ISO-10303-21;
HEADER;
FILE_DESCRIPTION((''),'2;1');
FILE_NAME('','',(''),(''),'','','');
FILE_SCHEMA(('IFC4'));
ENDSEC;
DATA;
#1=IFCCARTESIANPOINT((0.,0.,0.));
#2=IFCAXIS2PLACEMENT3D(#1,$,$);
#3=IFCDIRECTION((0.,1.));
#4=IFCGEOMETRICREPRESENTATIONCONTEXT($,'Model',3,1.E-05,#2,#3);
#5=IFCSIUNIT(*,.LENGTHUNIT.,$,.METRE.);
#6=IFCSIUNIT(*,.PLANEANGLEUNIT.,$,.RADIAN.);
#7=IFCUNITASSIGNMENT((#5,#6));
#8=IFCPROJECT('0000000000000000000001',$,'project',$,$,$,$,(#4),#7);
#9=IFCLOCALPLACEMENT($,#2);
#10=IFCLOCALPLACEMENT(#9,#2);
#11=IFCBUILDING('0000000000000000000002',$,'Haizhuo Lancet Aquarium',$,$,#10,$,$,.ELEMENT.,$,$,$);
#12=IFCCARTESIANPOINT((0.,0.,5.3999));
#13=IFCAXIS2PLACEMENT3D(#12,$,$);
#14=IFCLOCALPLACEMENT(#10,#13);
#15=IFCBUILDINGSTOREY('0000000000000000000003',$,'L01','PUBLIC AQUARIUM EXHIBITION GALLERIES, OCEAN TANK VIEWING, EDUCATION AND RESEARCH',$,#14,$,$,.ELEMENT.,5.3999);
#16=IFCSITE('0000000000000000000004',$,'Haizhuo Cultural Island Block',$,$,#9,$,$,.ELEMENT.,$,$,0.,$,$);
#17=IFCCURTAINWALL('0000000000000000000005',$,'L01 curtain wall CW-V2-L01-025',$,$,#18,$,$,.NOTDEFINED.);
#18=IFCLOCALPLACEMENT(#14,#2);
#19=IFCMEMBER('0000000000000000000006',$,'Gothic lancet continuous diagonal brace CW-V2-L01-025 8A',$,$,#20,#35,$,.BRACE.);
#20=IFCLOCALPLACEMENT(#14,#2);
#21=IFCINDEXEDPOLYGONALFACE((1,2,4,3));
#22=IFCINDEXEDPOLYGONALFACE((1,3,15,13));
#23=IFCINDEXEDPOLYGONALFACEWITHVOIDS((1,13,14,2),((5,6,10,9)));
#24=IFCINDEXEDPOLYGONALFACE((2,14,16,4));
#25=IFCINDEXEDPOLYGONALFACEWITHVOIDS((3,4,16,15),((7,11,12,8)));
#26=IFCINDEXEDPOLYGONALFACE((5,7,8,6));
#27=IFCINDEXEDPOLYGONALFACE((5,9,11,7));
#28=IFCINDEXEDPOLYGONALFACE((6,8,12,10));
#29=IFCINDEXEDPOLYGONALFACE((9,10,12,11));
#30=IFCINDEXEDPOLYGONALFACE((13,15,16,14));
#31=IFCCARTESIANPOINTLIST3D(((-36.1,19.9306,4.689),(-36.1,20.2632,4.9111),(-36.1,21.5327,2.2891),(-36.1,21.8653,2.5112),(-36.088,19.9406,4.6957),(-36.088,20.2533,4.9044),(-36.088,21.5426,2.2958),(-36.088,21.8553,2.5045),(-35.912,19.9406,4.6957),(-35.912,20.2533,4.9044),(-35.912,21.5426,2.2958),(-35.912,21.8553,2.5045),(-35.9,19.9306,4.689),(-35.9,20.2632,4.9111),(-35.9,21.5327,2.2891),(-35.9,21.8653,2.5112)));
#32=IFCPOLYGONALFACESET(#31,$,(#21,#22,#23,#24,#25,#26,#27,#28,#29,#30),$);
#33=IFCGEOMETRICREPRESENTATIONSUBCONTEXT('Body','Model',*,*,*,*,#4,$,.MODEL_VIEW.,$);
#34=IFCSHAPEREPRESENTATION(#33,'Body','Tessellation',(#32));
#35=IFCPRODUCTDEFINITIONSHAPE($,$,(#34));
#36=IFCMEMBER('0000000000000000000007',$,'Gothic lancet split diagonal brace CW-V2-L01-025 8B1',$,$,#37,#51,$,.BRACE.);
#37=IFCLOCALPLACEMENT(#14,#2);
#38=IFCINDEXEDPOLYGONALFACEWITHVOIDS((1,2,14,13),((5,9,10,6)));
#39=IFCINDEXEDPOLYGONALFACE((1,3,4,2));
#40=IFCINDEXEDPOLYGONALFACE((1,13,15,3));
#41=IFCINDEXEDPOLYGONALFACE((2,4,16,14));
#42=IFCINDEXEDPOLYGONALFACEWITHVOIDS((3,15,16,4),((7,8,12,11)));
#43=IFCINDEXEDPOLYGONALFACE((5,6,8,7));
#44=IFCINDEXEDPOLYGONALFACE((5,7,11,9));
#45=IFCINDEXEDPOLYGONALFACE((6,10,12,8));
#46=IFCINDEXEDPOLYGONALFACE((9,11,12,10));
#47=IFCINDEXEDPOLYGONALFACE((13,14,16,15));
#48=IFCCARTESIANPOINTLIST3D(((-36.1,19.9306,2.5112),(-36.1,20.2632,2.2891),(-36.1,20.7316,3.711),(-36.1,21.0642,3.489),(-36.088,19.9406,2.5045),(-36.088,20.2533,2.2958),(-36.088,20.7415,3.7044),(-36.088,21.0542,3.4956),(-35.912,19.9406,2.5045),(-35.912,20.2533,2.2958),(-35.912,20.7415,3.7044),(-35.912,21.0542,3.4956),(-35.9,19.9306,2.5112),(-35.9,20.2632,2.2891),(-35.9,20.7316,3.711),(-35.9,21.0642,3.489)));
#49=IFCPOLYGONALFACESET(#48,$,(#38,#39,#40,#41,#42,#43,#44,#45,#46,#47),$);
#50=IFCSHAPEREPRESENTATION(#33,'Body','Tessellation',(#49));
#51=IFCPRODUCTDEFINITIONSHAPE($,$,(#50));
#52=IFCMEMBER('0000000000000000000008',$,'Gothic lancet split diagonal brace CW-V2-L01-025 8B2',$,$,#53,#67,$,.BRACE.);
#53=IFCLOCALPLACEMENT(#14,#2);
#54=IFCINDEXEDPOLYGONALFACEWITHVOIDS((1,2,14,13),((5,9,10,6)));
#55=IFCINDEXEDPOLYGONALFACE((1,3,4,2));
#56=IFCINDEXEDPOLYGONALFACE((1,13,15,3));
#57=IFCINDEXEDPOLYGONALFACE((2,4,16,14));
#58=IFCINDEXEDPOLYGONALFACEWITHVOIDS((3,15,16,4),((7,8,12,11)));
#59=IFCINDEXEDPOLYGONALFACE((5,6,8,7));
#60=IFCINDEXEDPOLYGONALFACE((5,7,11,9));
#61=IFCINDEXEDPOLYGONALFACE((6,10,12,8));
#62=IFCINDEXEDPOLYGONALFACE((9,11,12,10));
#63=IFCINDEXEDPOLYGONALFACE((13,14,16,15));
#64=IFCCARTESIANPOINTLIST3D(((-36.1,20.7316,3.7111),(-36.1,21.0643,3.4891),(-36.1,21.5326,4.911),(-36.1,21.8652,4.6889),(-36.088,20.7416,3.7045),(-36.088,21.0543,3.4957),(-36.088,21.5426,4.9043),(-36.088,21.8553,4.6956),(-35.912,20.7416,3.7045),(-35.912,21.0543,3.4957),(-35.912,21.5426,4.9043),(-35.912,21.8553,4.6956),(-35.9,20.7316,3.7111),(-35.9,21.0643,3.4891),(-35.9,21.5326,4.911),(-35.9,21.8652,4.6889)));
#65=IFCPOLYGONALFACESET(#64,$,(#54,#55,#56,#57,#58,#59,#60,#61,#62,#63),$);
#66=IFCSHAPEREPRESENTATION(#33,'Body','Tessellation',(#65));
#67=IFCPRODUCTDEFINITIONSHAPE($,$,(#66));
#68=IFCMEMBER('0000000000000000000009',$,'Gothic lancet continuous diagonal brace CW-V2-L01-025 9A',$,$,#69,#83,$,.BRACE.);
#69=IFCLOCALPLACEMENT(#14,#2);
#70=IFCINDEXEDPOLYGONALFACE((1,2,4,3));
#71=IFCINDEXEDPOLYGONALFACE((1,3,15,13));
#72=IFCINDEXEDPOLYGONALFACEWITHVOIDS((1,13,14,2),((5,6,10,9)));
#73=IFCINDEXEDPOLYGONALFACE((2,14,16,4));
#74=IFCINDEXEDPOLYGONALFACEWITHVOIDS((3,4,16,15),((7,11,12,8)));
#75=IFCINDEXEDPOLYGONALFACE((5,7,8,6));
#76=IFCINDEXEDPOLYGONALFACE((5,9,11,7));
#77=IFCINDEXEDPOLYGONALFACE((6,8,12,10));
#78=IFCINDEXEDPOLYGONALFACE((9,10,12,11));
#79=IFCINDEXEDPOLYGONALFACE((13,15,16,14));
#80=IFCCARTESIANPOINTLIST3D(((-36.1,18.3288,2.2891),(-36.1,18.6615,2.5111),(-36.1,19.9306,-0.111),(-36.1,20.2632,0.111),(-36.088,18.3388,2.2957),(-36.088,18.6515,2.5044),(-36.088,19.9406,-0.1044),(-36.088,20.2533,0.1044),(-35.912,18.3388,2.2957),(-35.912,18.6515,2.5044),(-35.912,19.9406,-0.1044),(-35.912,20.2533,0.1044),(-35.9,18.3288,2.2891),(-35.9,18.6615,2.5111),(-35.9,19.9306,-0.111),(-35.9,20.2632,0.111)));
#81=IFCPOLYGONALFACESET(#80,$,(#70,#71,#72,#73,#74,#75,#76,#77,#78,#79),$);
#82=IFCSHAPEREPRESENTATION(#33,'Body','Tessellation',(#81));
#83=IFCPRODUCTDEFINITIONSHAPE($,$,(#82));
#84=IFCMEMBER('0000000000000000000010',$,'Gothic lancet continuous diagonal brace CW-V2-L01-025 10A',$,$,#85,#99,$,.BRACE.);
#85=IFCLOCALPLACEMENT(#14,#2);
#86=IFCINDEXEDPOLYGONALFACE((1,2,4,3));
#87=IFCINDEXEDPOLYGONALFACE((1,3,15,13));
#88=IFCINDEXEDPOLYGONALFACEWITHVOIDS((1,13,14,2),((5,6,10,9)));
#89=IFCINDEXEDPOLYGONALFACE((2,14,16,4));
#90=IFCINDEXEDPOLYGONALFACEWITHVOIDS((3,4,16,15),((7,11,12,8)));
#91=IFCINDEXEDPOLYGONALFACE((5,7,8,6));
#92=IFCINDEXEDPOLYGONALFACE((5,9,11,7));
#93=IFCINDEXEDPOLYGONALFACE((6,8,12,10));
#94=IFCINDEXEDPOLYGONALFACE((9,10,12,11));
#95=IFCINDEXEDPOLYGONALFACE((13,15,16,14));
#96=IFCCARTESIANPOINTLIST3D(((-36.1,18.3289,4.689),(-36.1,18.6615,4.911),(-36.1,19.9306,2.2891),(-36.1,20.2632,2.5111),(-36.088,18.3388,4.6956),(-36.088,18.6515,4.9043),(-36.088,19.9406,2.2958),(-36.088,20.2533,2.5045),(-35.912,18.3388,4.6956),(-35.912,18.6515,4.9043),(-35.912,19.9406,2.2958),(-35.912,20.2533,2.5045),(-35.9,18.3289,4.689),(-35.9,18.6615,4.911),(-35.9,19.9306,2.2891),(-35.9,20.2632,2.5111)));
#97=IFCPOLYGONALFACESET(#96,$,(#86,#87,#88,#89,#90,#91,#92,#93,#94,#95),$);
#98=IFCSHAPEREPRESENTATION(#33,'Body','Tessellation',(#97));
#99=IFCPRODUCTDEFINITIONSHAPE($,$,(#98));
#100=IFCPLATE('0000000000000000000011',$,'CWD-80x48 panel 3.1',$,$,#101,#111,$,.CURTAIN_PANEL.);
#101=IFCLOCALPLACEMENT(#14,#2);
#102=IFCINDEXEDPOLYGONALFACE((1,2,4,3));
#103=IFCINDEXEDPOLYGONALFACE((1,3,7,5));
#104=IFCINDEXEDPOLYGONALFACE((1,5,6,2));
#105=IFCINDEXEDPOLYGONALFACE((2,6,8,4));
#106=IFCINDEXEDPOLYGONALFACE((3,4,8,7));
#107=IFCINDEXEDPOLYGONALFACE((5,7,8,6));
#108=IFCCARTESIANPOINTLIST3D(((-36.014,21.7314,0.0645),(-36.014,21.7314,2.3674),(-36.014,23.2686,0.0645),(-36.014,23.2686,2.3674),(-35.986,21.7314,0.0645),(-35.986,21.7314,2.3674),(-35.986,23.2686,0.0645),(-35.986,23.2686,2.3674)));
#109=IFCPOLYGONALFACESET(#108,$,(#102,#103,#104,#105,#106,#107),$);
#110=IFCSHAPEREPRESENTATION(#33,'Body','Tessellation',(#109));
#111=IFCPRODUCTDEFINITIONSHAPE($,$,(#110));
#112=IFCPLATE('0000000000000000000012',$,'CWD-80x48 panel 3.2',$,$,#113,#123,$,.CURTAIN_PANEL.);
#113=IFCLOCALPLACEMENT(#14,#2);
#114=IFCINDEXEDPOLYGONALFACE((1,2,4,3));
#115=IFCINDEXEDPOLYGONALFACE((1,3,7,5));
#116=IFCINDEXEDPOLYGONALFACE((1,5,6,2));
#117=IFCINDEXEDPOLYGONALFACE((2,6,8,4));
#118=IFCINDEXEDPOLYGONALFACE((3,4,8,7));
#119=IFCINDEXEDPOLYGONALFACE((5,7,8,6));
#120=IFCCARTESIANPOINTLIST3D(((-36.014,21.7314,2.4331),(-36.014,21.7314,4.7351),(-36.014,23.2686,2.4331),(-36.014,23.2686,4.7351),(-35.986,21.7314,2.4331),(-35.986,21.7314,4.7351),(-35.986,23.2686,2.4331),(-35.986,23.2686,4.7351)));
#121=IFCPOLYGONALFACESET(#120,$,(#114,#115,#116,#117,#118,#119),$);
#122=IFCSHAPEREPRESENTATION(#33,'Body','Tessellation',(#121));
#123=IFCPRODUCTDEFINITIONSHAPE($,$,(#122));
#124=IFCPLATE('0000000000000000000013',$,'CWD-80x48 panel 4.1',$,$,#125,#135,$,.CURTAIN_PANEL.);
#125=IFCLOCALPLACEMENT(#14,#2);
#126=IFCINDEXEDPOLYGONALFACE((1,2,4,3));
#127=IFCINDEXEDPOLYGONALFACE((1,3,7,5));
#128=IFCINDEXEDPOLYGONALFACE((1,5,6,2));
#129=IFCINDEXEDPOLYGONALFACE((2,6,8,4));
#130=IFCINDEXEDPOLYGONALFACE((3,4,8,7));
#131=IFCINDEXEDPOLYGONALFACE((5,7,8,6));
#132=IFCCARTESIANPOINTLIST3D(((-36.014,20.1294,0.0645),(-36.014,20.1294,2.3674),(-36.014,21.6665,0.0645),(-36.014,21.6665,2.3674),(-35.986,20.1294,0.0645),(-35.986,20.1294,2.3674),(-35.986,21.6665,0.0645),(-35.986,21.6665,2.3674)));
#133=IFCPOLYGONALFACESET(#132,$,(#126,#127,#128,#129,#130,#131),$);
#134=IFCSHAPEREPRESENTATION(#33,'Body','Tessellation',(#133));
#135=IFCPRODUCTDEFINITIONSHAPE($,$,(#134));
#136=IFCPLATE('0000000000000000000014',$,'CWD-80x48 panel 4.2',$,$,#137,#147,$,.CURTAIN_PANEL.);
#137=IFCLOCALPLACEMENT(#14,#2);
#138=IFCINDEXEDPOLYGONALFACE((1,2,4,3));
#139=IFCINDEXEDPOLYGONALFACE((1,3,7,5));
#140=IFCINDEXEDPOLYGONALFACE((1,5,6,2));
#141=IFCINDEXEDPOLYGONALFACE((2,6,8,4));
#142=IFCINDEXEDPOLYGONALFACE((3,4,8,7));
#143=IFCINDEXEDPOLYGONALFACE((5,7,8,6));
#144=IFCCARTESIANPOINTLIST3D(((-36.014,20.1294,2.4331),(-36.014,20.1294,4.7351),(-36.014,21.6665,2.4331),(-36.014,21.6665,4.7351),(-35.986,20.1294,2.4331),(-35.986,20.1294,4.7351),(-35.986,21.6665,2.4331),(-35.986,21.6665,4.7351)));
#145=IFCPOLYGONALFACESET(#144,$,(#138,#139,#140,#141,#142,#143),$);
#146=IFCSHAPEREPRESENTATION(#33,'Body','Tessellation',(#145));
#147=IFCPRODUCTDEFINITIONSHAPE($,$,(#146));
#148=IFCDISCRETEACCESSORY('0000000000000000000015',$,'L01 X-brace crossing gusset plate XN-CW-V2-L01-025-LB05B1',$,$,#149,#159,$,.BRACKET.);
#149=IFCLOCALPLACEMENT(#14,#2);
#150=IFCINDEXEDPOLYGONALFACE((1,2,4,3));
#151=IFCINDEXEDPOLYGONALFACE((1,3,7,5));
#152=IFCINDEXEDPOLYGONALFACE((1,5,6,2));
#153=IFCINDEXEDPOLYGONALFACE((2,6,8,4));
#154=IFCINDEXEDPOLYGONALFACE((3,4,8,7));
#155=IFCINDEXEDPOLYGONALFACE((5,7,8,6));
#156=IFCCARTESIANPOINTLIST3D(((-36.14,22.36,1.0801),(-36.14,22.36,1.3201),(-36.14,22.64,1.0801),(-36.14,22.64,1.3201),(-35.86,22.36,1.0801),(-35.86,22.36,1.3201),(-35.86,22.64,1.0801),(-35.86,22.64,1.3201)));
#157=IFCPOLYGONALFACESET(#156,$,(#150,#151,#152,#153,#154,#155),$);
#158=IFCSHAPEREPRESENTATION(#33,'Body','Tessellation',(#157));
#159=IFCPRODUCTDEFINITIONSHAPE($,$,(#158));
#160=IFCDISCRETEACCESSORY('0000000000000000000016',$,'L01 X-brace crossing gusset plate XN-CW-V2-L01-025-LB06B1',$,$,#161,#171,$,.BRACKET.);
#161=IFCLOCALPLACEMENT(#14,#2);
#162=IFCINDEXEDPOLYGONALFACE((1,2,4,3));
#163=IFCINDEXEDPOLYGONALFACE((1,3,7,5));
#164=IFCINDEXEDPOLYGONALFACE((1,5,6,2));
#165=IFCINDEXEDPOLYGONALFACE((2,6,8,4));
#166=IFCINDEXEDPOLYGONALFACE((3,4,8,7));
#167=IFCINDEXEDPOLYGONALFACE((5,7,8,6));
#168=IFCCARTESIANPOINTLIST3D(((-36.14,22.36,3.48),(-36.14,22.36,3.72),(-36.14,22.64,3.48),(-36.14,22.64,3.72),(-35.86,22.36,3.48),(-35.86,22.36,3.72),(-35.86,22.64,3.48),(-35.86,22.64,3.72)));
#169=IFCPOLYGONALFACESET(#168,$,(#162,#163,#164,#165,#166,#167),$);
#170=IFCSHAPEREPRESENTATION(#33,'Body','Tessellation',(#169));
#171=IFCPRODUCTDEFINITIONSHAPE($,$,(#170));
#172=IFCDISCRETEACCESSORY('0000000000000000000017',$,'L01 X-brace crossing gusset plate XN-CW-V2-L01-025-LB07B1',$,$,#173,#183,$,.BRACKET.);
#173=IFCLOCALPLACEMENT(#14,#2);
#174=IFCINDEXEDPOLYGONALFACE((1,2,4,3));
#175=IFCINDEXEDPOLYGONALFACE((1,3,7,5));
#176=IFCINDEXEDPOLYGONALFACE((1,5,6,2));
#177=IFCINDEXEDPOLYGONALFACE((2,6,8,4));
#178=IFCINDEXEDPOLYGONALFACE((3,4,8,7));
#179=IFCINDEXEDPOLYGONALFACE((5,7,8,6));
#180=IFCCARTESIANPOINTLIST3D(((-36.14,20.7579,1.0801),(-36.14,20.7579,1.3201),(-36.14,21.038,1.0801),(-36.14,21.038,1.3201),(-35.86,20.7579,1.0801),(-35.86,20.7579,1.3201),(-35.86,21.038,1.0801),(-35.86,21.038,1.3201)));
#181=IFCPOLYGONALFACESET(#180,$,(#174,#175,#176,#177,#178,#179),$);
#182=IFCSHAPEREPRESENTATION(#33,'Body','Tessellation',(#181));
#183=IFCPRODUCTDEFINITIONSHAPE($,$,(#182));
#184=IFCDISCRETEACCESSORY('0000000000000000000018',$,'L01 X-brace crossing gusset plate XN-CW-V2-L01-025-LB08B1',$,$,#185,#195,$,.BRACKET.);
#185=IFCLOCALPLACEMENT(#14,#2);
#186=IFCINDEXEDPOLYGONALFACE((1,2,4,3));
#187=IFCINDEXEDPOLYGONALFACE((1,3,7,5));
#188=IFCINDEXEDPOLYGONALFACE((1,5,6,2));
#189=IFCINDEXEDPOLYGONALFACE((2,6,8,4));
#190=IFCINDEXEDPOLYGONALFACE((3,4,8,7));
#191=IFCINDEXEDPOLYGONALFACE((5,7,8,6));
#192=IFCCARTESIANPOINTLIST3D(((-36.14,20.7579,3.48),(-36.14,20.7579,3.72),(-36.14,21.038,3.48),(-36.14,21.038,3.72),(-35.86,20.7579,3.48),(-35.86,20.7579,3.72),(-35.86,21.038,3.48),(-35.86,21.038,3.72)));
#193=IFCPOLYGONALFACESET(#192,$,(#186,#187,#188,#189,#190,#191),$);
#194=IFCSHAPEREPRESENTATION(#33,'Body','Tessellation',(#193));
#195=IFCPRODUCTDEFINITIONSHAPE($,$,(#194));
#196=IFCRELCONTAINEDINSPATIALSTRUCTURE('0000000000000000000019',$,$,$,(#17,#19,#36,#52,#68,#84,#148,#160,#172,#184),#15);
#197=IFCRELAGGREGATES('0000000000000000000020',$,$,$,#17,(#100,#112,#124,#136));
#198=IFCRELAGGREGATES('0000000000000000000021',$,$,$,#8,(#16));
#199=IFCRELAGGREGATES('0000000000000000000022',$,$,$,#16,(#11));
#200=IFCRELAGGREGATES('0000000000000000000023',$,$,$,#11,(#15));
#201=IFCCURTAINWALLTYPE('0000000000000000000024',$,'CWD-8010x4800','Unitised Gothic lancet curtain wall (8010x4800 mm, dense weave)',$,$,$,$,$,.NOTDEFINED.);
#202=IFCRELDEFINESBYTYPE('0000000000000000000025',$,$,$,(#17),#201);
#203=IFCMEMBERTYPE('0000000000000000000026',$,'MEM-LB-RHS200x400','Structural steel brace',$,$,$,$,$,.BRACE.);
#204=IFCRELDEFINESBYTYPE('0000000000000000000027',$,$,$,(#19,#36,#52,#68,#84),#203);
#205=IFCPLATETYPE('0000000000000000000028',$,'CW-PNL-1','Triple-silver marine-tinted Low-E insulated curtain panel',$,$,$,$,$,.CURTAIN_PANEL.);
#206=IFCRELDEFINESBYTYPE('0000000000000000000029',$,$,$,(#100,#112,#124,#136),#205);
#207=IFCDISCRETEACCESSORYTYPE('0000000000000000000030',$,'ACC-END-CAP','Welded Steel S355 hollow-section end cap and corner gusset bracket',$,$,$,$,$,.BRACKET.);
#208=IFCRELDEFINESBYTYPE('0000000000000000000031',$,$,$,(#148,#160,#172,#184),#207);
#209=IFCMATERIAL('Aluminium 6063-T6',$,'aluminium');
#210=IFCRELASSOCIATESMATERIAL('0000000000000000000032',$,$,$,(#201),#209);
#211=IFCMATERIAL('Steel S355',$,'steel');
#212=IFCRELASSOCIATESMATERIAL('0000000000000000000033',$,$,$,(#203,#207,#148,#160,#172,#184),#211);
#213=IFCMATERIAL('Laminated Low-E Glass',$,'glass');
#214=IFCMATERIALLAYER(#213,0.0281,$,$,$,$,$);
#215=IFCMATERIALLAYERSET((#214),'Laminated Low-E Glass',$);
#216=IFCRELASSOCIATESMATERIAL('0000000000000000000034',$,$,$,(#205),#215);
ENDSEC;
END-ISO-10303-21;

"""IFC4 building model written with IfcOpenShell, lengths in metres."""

from ifc_helpers import new_model, si_unit, direction, frame, origin, origin_2d, place, context, subcontext, project, spatial, rectangle, hollow_rectangle, extrude, material, layer, layer_set, material_profile, profile_set, type_object, element, aggregate, save


model = new_model("IFC4")

# Units and contexts
model_context = context("Model", 3, precision=1e-05, world=origin(), true_north=direction((0.0, 1.0)))
body_context = subcontext(model_context, "Body", "Model", "MODEL_VIEW")
ifc_project = project(units=[si_unit("LENGTHUNIT", "METRE"), si_unit("PLANEANGLEUNIT", "RADIAN")], contexts=[model_context])

# Site, building, storey
site_placement = place(None, origin())
site = spatial("IfcSite", under=ifc_project, at=site_placement, Name="Haizhuo Cultural Island Block", CompositionType="ELEMENT", RefElevation=0.0)
building_placement = place(site_placement, origin())
building = spatial("IfcBuilding", under=site, at=building_placement, Name="Haizhuo Lancet Aquarium", CompositionType="ELEMENT")
storey_placement = place(building_placement, frame((0.0, 0.0, 5.3999)))
storey = spatial("IfcBuildingStorey", under=building, at=storey_placement, Name="L01", Description="PUBLIC AQUARIUM EXHIBITION GALLERIES, OCEAN TANK VIEWING, EDUCATION AND RESEARCH", CompositionType="ELEMENT", Elevation=5.3999)

# Curtain wall
ifc_material_1 = material(Name="Aluminium 6063-T6", Category="aluminium")
curtain_wall_type = type_object("IfcCurtainWallType", Name="CWD-8010x4800", Description="Unitised Gothic lancet curtain wall (8010x4800 mm, dense weave)", PredefinedType="NOTDEFINED", material=ifc_material_1)
curtain_wall_placement = place(storey_placement, origin())
curtain_wall = element("IfcCurtainWall", 1, at=curtain_wall_placement, inside=storey, type_object=curtain_wall_type, Name="L01 curtain wall CW-V2-L01-025", PredefinedType="NOTDEFINED")

# Members
ifc_material_2 = material(Name="Steel S355", Category="steel")
ifc_material_profile_1 = material_profile(ifc_material_2, hollow_rectangle(XDim=0.2, YDim=0.3999, WallThickness=0.012, at=origin_2d()), Name="RHS 200x400x12")
ifc_profile_set_1 = profile_set([ifc_material_profile_1], Name="Steel S355")
member_type_1 = type_object("IfcMemberType", Name="MEM-LB-RHS200x400", Description="Structural steel brace", PredefinedType="BRACE", material=ifc_profile_set_1)
member_1_placement = place(storey_placement, frame((-36.0, 21.699, 2.4001), z_axis=(0.0, -0.555208, 0.831712), x_axis=(1.0, 0.0, 0.0)))
element("IfcMember", 2, at=member_1_placement, inside=storey, type_object=member_type_1, Name="Gothic lancet continuous diagonal brace CW-V2-L01-025 8A", PredefinedType="BRACE", context=body_context, shape_type="SweptSolid", body=[
    extrude(hollow_rectangle(XDim=0.2, YDim=0.3999, WallThickness=0.012, at=origin_2d()), origin(), (0.0, 0.0, 1.0), 2.8855),
])
for number, where, z_axis, x_axis, name in (
    (3, (-36.0, 20.0969, 2.4001), (0.0, 0.555208, 0.831712), (-1.0, 0.0, 0.0), "Gothic lancet split diagonal brace CW-V2-L01-025 8B1"),
    (4, (-36.0, 20.8979, 3.6001), (0.0, 0.555208, 0.831712), (-1.0, 0.0, 0.0), "Gothic lancet split diagonal brace CW-V2-L01-025 8B2"),
):
    element("IfcMember", number, at=place(storey_placement, frame(where, z_axis=z_axis, x_axis=x_axis)), inside=storey, type_object=member_type_1, Name=name, PredefinedType="BRACE", context=body_context, shape_type="SweptSolid", body=[
        extrude(hollow_rectangle(XDim=0.2, YDim=0.3999, WallThickness=0.012, at=origin_2d()), origin(), (0.0, 0.0, 1.0), 1.4426),
    ])
member_2_placement = place(storey_placement, frame((-36.0, 20.0969, 0.0), z_axis=(0.0, -0.55511, 0.831777), x_axis=(1.0, 0.0, 0.0)))
element("IfcMember", 5, at=member_2_placement, inside=storey, type_object=member_type_1, Name="Gothic lancet continuous diagonal brace CW-V2-L01-025 9A", PredefinedType="BRACE", context=body_context, shape_type="SweptSolid", body=[
    extrude(hollow_rectangle(XDim=0.2, YDim=0.3999, WallThickness=0.012, at=origin_2d()), origin(), (0.0, 0.0, 1.0), 2.8855),
])
member_3_placement = place(storey_placement, frame((-36.0, 20.0969, 2.4001), z_axis=(0.0, -0.555149, 0.831751), x_axis=(1.0, 0.0, 0.0)))
element("IfcMember", 6, at=member_3_placement, inside=storey, type_object=member_type_1, Name="Gothic lancet continuous diagonal brace CW-V2-L01-025 10A", PredefinedType="BRACE", context=body_context, shape_type="SweptSolid", body=[
    extrude(hollow_rectangle(XDim=0.2, YDim=0.3999, WallThickness=0.012, at=origin_2d()), origin(), (0.0, 0.0, 1.0), 2.8853),
])

# Plates
ifc_material_3 = material(Name="Laminated Low-E Glass", Category="glass")
ifc_layer = layer(ifc_material_3, 0.0281)
ifc_layer_set = layer_set([ifc_layer], Name="Laminated Low-E Glass")
plate_type = type_object("IfcPlateType", Name="CW-PNL-1", Description="Triple-silver marine-tinted Low-E insulated curtain panel", PredefinedType="CURTAIN_PANEL", material=ifc_layer_set)
plate_1_placement = place(storey_placement, frame((-36.0, 22.5, 0.0645), z_axis=(0.0, 0.0, 1.0), x_axis=(0.0, -1.0, 0.0)))
plate_1 = element("IfcPlate", 7, at=plate_1_placement, type_object=plate_type, Name="CWD-80x48 panel 3.1", PredefinedType="CURTAIN_PANEL", context=body_context, shape_type="SweptSolid", body=[
    extrude(rectangle(XDim=1.5371, YDim=0.0281, at=origin_2d()), origin(), (0.0, 0.0, 1.0), 2.303),
])
plate_2_placement = place(storey_placement, frame((-36.0, 22.5, 2.4331), z_axis=(0.0, 0.0, 1.0), x_axis=(0.0, -1.0, 0.0)))
plate_2 = element("IfcPlate", 8, at=plate_2_placement, type_object=plate_type, Name="CWD-80x48 panel 3.2", PredefinedType="CURTAIN_PANEL", context=body_context, shape_type="SweptSolid", body=[
    extrude(rectangle(XDim=1.5371, YDim=0.0281, at=origin_2d()), origin(), (0.0, 0.0, 1.0), 2.302),
])
plate_3_placement = place(storey_placement, frame((-36.0, 20.8979, 0.0645), z_axis=(0.0, 0.0, 1.0), x_axis=(0.0, -1.0, 0.0)))
plate_3 = element("IfcPlate", 9, at=plate_3_placement, type_object=plate_type, Name="CWD-80x48 panel 4.1", PredefinedType="CURTAIN_PANEL", context=body_context, shape_type="SweptSolid", body=[
    extrude(rectangle(XDim=1.5371, YDim=0.0281, at=origin_2d()), origin(), (0.0, 0.0, 1.0), 2.303),
])
plate_4_placement = place(storey_placement, frame((-36.0, 20.8979, 2.4331), z_axis=(0.0, 0.0, 1.0), x_axis=(0.0, -1.0, 0.0)))
plate_4 = element("IfcPlate", 10, at=plate_4_placement, type_object=plate_type, Name="CWD-80x48 panel 4.2", PredefinedType="CURTAIN_PANEL", context=body_context, shape_type="SweptSolid", body=[
    extrude(rectangle(XDim=1.5371, YDim=0.0281, at=origin_2d()), origin(), (0.0, 0.0, 1.0), 2.302),
])
aggregate(curtain_wall, [plate_1, plate_2, plate_3, plate_4])

# Discrete accessories
discrete_accessory_type = type_object("IfcDiscreteAccessoryType", Name="ACC-END-CAP", Description="Welded Steel S355 hollow-section end cap and corner gusset bracket", PredefinedType="BRACKET", material=ifc_material_2)
for number, where, z_axis, x_axis, name in (
    (11, (-36.0, 22.5, 1.0801), (0.0, 0.0, 1.0), (1.0, 0.0, 0.0), "L01 X-brace crossing gusset plate XN-CW-V2-L01-025-LB05B1"),
    (12, (-36.0, 22.5, 3.48), (0.0, 0.0, 1.0), (1.0, 0.0, 0.0), "L01 X-brace crossing gusset plate XN-CW-V2-L01-025-LB06B1"),
    (13, (-36.0, 20.8979, 1.0801), (0.0, 0.0, 1.0), (1.0, 0.0, 0.0), "L01 X-brace crossing gusset plate XN-CW-V2-L01-025-LB07B1"),
    (14, (-36.0, 20.8979, 3.48), (0.0, 0.0, 1.0), (1.0, 0.0, 0.0), "L01 X-brace crossing gusset plate XN-CW-V2-L01-025-LB08B1"),
):
    element("IfcDiscreteAccessory", number, at=place(storey_placement, frame(where, z_axis=z_axis, x_axis=x_axis)), inside=storey, type_object=discrete_accessory_type, material=ifc_material_2, Name=name, PredefinedType="BRACKET", context=body_context, shape_type="SweptSolid", body=[
        extrude(rectangle(XDim=0.28, YDim=0.28, at=origin_2d()), origin(), (0.0, 0.0, 1.0), 0.24),
    ])

save(model, "model.ifc")
